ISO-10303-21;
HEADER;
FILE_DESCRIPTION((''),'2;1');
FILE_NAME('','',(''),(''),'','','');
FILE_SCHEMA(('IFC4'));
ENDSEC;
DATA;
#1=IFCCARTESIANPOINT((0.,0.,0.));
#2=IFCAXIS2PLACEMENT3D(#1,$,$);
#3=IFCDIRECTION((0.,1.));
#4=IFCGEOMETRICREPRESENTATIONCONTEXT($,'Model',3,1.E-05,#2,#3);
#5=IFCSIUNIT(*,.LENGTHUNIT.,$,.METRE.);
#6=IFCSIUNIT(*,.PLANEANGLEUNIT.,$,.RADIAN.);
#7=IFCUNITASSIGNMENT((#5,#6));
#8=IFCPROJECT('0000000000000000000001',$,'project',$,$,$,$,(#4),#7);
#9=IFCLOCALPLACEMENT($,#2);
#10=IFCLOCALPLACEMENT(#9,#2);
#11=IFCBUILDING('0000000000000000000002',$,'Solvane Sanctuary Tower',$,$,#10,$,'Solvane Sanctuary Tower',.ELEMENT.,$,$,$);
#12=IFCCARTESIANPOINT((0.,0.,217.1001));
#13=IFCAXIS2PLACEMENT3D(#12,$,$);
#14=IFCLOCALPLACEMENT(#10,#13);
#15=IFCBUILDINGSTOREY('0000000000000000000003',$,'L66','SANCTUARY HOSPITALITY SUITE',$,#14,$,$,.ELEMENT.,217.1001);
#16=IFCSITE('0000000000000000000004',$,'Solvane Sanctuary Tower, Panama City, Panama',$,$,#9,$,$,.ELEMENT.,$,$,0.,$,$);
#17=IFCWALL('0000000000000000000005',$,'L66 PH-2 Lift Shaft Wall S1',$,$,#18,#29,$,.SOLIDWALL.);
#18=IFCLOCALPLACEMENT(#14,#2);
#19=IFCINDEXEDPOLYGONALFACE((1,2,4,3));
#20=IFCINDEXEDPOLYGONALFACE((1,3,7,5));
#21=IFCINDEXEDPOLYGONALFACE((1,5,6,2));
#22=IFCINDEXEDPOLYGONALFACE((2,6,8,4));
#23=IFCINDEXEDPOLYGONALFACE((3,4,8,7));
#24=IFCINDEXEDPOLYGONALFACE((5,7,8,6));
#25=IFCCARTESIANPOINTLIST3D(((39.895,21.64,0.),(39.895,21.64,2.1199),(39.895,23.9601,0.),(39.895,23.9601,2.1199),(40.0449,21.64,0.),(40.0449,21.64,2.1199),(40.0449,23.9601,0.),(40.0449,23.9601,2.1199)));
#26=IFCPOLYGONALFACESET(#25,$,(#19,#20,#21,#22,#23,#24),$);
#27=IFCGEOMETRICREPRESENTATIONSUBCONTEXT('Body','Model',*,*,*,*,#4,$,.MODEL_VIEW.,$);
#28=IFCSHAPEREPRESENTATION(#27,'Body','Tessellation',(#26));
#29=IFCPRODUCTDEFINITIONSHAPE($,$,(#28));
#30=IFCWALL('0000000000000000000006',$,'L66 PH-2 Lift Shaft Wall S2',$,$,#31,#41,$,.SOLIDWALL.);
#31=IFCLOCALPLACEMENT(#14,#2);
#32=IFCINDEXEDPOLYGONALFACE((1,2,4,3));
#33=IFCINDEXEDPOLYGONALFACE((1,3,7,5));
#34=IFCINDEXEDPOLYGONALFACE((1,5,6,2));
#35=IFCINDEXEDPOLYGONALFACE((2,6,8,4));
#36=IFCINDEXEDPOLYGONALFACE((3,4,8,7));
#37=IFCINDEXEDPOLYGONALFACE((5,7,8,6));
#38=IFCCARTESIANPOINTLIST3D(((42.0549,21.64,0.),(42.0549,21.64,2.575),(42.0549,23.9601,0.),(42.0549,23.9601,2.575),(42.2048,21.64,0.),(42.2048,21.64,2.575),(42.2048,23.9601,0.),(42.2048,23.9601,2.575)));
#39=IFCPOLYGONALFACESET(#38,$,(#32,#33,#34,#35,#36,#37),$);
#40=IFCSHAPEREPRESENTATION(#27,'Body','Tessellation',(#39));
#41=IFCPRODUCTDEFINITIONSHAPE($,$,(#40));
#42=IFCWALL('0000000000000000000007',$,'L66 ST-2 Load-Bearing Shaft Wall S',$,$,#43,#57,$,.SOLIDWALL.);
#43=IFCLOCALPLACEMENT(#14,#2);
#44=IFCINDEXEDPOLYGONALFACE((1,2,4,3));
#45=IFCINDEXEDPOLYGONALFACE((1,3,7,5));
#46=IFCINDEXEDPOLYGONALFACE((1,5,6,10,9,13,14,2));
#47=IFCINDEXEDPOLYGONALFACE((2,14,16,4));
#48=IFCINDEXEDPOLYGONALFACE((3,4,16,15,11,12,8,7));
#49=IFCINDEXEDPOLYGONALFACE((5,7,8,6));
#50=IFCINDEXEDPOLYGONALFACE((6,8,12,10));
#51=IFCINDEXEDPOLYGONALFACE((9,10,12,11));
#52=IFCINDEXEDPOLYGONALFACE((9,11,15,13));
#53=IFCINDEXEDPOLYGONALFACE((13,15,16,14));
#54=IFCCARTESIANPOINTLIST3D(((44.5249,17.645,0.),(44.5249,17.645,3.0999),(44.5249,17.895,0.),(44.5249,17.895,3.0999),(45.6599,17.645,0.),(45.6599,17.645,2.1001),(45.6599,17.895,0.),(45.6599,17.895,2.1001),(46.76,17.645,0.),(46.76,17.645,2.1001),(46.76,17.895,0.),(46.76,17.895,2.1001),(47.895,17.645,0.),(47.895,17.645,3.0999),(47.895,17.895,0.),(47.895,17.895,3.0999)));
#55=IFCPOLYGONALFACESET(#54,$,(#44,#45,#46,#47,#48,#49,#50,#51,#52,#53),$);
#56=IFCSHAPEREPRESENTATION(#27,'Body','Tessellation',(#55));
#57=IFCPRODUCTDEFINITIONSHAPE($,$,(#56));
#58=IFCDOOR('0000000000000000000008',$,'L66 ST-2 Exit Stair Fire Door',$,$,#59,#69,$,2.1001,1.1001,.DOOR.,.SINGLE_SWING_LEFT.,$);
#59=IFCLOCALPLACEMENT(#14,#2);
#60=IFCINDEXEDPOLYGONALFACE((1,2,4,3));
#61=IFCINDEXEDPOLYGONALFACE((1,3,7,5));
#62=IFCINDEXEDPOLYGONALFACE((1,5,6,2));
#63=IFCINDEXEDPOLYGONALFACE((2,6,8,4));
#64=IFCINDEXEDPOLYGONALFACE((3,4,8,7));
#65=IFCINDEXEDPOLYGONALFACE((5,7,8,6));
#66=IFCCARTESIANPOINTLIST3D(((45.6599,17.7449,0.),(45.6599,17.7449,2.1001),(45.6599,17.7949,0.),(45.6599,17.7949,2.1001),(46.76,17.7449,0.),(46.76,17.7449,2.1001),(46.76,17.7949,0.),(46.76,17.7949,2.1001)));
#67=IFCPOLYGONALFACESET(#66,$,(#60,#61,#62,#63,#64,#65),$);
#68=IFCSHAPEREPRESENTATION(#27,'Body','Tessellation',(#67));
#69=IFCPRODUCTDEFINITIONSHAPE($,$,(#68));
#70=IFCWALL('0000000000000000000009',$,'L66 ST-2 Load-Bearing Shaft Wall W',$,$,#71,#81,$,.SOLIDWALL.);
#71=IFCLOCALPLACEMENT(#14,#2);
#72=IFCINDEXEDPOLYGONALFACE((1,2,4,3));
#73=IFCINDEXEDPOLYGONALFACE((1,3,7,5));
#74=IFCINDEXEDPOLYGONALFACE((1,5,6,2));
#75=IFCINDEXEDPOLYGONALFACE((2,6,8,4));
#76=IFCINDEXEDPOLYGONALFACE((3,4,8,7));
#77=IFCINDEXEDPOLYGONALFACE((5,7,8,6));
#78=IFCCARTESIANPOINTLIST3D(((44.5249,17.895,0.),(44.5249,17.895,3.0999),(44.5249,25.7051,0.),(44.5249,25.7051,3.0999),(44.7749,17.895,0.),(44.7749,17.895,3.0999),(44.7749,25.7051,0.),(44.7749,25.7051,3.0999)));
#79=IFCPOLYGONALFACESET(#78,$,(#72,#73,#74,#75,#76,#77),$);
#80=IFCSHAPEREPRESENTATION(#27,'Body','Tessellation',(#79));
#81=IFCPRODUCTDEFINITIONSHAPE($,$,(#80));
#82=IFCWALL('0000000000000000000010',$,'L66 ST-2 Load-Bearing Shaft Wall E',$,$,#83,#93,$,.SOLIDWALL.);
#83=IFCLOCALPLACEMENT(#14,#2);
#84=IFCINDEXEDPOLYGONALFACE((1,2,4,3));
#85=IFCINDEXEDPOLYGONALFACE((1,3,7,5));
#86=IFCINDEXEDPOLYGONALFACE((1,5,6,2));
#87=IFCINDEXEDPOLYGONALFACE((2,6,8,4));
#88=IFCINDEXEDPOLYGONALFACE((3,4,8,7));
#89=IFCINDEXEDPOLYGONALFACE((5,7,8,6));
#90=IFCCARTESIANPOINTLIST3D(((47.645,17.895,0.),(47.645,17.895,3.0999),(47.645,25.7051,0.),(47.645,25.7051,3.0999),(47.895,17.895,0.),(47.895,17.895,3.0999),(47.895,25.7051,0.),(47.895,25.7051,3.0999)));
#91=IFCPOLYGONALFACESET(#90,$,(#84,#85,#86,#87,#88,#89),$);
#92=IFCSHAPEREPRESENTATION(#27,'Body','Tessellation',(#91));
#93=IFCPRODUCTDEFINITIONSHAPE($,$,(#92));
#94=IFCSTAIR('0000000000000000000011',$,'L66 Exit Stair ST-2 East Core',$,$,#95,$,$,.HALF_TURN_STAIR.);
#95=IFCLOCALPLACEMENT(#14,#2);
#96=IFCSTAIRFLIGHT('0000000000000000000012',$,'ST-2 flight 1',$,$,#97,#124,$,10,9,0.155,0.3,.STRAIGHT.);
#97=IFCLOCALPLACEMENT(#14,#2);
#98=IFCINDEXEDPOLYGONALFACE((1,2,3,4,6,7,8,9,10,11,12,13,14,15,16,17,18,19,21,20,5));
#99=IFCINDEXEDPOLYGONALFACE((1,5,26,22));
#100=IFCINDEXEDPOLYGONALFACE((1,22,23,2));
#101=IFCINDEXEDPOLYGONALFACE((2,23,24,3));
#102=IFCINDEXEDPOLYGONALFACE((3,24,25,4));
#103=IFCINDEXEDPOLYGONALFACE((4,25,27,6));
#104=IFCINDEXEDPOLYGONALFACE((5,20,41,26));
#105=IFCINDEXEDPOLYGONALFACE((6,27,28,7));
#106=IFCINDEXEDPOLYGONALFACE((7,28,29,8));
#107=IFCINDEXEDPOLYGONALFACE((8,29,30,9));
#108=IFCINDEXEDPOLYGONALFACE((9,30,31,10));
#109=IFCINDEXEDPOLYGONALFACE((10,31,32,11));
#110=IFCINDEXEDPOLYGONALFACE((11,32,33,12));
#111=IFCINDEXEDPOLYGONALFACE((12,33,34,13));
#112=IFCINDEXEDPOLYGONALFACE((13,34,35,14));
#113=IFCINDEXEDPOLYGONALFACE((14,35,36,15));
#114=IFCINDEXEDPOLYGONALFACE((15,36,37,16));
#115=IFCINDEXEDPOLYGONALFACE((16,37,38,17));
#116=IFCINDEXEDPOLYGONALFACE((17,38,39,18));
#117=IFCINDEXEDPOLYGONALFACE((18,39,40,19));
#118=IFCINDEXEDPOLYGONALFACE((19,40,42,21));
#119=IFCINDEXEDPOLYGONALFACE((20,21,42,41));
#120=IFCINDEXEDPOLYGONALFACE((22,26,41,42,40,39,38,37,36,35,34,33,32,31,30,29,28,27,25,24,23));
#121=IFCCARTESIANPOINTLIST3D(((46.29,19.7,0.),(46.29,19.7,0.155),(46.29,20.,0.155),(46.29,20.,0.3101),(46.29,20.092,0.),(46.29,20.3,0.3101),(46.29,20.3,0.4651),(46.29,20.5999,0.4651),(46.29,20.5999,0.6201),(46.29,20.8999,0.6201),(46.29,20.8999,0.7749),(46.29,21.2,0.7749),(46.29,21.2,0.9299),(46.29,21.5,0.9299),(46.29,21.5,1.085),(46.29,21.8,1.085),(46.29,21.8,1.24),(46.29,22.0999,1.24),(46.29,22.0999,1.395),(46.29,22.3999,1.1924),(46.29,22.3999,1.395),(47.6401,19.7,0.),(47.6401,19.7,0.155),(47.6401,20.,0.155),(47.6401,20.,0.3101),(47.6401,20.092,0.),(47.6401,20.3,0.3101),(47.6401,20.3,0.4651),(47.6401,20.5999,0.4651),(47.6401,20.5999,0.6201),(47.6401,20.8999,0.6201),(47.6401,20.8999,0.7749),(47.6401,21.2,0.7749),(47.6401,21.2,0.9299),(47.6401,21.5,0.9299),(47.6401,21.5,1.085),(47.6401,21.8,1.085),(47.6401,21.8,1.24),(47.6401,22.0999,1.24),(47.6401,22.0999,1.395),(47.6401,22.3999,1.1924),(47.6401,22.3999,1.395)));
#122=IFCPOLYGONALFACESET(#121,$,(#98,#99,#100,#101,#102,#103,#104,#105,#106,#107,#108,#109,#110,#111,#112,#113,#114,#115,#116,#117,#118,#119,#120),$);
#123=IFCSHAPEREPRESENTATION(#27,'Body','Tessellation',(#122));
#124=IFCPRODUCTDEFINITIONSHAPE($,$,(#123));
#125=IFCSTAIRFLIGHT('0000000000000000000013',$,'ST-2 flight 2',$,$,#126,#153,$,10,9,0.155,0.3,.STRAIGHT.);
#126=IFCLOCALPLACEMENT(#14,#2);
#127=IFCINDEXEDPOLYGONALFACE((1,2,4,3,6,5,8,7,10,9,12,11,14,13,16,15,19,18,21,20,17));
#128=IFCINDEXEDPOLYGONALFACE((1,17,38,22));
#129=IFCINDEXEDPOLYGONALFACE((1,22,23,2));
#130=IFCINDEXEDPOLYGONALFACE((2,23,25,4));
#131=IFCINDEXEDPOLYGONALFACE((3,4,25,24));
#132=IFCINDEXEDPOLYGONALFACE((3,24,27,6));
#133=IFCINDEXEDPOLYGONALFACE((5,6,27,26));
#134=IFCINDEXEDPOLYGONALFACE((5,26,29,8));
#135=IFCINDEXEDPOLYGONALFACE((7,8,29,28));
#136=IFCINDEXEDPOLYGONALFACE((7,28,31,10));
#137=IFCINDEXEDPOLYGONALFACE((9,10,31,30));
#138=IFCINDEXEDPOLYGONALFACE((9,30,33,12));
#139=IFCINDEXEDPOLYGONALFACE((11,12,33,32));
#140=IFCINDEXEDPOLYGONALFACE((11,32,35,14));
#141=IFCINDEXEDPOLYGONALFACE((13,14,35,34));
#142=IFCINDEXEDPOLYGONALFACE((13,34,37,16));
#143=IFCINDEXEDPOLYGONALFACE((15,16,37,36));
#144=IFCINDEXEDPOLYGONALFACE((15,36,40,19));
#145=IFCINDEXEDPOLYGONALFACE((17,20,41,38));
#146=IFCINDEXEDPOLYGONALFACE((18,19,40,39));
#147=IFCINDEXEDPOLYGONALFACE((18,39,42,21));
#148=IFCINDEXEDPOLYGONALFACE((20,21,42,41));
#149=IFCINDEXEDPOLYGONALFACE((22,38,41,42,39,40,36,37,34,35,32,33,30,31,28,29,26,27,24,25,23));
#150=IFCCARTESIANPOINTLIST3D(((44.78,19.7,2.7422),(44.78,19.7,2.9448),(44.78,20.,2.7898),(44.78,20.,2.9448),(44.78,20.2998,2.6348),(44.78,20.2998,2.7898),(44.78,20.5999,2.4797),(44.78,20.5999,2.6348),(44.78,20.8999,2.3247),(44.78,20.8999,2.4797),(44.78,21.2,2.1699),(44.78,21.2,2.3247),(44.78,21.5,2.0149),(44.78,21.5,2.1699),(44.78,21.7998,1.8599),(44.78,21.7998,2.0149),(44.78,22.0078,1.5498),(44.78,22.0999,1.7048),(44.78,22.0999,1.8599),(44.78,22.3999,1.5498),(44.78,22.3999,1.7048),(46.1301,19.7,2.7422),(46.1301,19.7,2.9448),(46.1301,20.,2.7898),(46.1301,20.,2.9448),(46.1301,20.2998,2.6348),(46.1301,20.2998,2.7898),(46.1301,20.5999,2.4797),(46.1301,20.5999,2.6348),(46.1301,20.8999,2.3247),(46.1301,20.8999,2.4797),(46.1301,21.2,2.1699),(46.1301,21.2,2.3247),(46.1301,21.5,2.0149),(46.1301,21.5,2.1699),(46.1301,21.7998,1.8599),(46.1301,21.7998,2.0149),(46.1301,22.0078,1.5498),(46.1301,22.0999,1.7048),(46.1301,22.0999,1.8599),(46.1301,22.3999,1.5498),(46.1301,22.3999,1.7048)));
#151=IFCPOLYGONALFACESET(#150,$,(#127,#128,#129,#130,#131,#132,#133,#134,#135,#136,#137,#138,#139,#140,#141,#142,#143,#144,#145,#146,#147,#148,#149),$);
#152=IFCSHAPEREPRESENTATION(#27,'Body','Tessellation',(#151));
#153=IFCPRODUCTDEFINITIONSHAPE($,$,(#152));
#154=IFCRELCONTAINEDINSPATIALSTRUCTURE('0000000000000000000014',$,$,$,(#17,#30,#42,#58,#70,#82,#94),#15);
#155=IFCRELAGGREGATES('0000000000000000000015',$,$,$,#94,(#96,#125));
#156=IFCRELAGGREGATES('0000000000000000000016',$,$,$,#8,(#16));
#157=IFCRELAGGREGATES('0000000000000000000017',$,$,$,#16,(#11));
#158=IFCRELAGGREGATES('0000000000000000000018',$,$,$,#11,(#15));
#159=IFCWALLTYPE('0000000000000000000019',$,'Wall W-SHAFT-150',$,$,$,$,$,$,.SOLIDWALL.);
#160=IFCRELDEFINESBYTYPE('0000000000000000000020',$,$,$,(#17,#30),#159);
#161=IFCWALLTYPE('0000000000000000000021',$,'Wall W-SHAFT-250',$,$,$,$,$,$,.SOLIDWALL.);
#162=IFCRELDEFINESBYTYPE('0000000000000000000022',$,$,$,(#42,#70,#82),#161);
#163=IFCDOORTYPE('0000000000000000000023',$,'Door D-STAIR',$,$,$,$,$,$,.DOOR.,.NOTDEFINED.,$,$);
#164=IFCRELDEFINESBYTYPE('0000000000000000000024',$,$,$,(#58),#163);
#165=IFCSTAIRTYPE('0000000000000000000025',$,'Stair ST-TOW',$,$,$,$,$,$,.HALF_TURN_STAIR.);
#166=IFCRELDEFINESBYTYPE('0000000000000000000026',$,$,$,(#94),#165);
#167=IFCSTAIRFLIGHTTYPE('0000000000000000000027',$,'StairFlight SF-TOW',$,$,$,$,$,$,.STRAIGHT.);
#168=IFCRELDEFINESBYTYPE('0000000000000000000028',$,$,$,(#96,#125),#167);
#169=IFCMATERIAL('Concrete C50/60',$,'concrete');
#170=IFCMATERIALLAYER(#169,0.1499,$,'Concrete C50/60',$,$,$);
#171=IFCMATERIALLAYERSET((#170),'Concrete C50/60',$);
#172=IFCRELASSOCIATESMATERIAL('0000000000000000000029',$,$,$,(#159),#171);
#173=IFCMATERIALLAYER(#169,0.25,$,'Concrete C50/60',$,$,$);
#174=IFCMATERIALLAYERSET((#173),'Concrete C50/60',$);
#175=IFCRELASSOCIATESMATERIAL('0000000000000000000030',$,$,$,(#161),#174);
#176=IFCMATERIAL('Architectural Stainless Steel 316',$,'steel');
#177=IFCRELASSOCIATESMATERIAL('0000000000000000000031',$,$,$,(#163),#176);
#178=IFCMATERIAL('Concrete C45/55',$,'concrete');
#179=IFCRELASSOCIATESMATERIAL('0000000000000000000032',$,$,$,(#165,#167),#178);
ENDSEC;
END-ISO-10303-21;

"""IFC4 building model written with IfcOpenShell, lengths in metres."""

from ifc_helpers import new_model, si_unit, direction, frame, frame_2d, origin, place, context, subcontext, project, spatial, polyline, rectangle, outline, extrude, material, layer, layer_set, type_object, element, fill, aggregate, save


model = new_model("IFC4")

# Units and contexts
model_context = context("Model", 3, precision=1e-05, world=origin(), true_north=direction((0.0, 1.0)))
body_context = subcontext(model_context, "Body", "Model", "MODEL_VIEW")
ifc_project = project(units=[si_unit("LENGTHUNIT", "METRE"), si_unit("PLANEANGLEUNIT", "RADIAN")], contexts=[model_context])

# Site, building, storey
site_placement = place(None, origin())
site = spatial("IfcSite", under=ifc_project, at=site_placement, Name="Solvane Sanctuary Tower, Panama City, Panama", CompositionType="ELEMENT", RefElevation=0.0)
building_placement = place(site_placement, origin())
building = spatial("IfcBuilding", under=site, at=building_placement, Name="Solvane Sanctuary Tower", LongName="Solvane Sanctuary Tower", CompositionType="ELEMENT")
storey_placement = place(building_placement, frame((0.0, 0.0, 217.1001)))
storey = spatial("IfcBuildingStorey", under=building, at=storey_placement, Name="L66", Description="SANCTUARY HOSPITALITY SUITE", CompositionType="ELEMENT", Elevation=217.1001)

# Shared definitions
ifc_material_1 = material(Name="Architectural Stainless Steel 316", Category="steel")

# Shared definitions
ifc_material_2 = material(Name="Concrete C50/60", Category="concrete")
ifc_layer_1 = layer(ifc_material_2, 0.1499, Name="Concrete C50/60")
ifc_layer_set_1 = layer_set([ifc_layer_1], Name="Concrete C50/60")
wall_type_1 = type_object("IfcWallType", Name="Wall W-SHAFT-150", PredefinedType="SOLIDWALL", material=ifc_layer_set_1)

# Walls
wall_1_placement = place(storey_placement, frame((39.97, 21.6399, 0.0), z_axis=(0.0, 0.0, 1.0), x_axis=(0.0, 1.0, 0.0)))
element("IfcWall", 1, at=wall_1_placement, inside=storey, type_object=wall_type_1, Name="L66 PH-2 Lift Shaft Wall S1", PredefinedType="SOLIDWALL", context=body_context, shape_type="SweptSolid", body=[
    extrude(rectangle(XDim=2.3201, YDim=0.1499, at=frame_2d((1.1602, 0.0))), origin(), (0.0, 0.0, 1.0), 2.1199),
])
wall_2_placement = place(storey_placement, frame((42.1299, 21.6399, 0.0), z_axis=(0.0, 0.0, 1.0), x_axis=(0.0, 1.0, 0.0)))
element("IfcWall", 2, at=wall_2_placement, inside=storey, type_object=wall_type_1, Name="L66 PH-2 Lift Shaft Wall S2", PredefinedType="SOLIDWALL", context=body_context, shape_type="SweptSolid", body=[
    extrude(rectangle(XDim=2.3201, YDim=0.1499, at=frame_2d((1.1602, 0.0))), origin(), (0.0, 0.0, 1.0), 2.575),
])

# Wall, opening, door
ifc_layer_2 = layer(ifc_material_2, 0.25, Name="Concrete C50/60")
ifc_layer_set_2 = layer_set([ifc_layer_2], Name="Concrete C50/60")
wall_type_2 = type_object("IfcWallType", Name="Wall W-SHAFT-250", PredefinedType="SOLIDWALL", material=ifc_layer_set_2)
wall_3_placement = place(storey_placement, frame((44.5249, 17.77, 0.0), z_axis=(0.0, 0.0, 1.0), x_axis=(1.0, 0.0, 0.0)))
wall_3 = element("IfcWall", 3, at=wall_3_placement, inside=storey, type_object=wall_type_2, Name="L66 ST-2 Load-Bearing Shaft Wall S", PredefinedType="SOLIDWALL", context=body_context, shape_type="SweptSolid", body=[
    extrude(rectangle(XDim=3.3701, YDim=0.25, at=frame_2d((1.6851, 0.0))), origin(), (0.0, 0.0, 1.0), 3.0999),
])
opening_1_placement = place(wall_3_placement, frame((1.135, 0.0, 0.0)))
opening_1 = element("IfcOpeningElement", 4, at=opening_1_placement, cuts=wall_3, PredefinedType="OPENING", context=body_context, shape_type="SweptSolid", body=[
    extrude(rectangle(XDim=1.1001, YDim=2.1001, at=frame_2d((0.55, 1.05))), frame((0.0, 0.135, 0.0), z_axis=(0.0, -1.0, 0.0), x_axis=(1.0, 0.0, 0.0)), (0.0, 0.0, 1.0), 0.27),
])
door_type_1 = type_object("IfcDoorType", Name="Door D-STAIR", OperationType="NOTDEFINED", PredefinedType="DOOR", material=ifc_material_1)
door_1_placement = place(opening_1_placement, origin())
door_1 = element("IfcDoor", 5, at=door_1_placement, inside=storey, type_object=door_type_1, Name="L66 ST-2 Exit Stair Fire Door", OperationType="SINGLE_SWING_LEFT", OverallHeight=2.1001, OverallWidth=1.1001, PredefinedType="DOOR", context=body_context, shape_type="SweptSolid", body=[
    extrude(rectangle(XDim=1.1001, YDim=2.1001, at=frame_2d((0.55, 1.05))), frame((0.0, 0.0249, 0.0), z_axis=(0.0, -1.0, 0.0), x_axis=(1.0, 0.0, 0.0)), (0.0, 0.0, 1.0), 0.05),
])
fill(opening_1, door_1)

# Walls
for number, where, z_axis, x_axis, name in (
    (6, (44.6499, 17.895, 0.0), (0.0, 0.0, 1.0), (0.0, 1.0, 0.0), "L66 ST-2 Load-Bearing Shaft Wall W"),
    (7, (47.77, 17.895, 0.0), (0.0, 0.0, 1.0), (0.0, 1.0, 0.0), "L66 ST-2 Load-Bearing Shaft Wall E"),
):
    element("IfcWall", number, at=place(storey_placement, frame(where, z_axis=z_axis, x_axis=x_axis)), inside=storey, type_object=wall_type_2, Name=name, PredefinedType="SOLIDWALL", context=body_context, shape_type="SweptSolid", body=[
        extrude(rectangle(XDim=7.8101, YDim=0.25, at=frame_2d((3.905, 0.0))), origin(), (0.0, 0.0, 1.0), 3.0999),
    ])

# Stair, stair flights
ifc_material_3 = material(Name="Concrete C45/55", Category="concrete")
stair_type = type_object("IfcStairType", Name="Stair ST-TOW", PredefinedType="HALF_TURN_STAIR", material=ifc_material_3)
stair_placement = place(storey_placement, origin())
stair = element("IfcStair", 8, at=stair_placement, inside=storey, type_object=stair_type, Name="L66 Exit Stair ST-2 East Core", PredefinedType="HALF_TURN_STAIR")
stair_flight_type = type_object("IfcStairFlightType", Name="StairFlight SF-TOW", PredefinedType="STRAIGHT", material=ifc_material_3)
stair_flight_1_placement = place(storey_placement, frame((46.9651, 19.7, 0.0), z_axis=(0.0, 0.0, 1.0), x_axis=(0.0, 1.0, 0.0)))
stair_flight_1 = element("IfcStairFlight", 9, at=stair_flight_1_placement, type_object=stair_flight_type, Name="ST-2 flight 1", NumberOfRisers=10, NumberOfTreads=9, PredefinedType="STRAIGHT", RiserHeight=0.155, TreadLength=0.3, context=body_context, shape_type="SweptSolid", body=[
    extrude(outline(polyline([(0.0, 0.0), (0.0, 0.155), (0.3, 0.155), (0.3, 0.3101), (0.6001, 0.3101), (0.6001, 0.4651), (0.8999, 0.4651), (0.8999, 0.6201), (1.2, 0.6201), (1.2, 0.7749), (1.5, 0.7749), (1.5, 0.9299), (1.8, 0.9299), (1.8, 1.085), (2.1001, 1.085), (2.1001, 1.24), (2.3999, 1.24), (2.3999, 1.395), (2.7, 1.395), (2.7, 1.55), (2.7, 1.1924), (0.3921, 0.0), (0.0, 0.0)])), frame((0.0, 0.675, 0.0), z_axis=(0.0, -1.0, 0.0), x_axis=(1.0, 0.0, 0.0)), (0.0, 0.0, 1.0), 1.3501),
])
stair_flight_2_placement = place(storey_placement, frame((45.4551, 22.3999, 1.5498), z_axis=(0.0, 0.0, 1.0), x_axis=(0.0, -1.0, 0.0)))
stair_flight_2 = element("IfcStairFlight", 10, at=stair_flight_2_placement, type_object=stair_flight_type, Name="ST-2 flight 2", NumberOfRisers=10, NumberOfTreads=9, PredefinedType="STRAIGHT", RiserHeight=0.155, TreadLength=0.3, context=body_context, shape_type="SweptSolid", body=[
    extrude(outline(polyline([(0.0, 0.0), (0.0, 0.155), (0.3, 0.155), (0.3, 0.3101), (0.6001, 0.3101), (0.6001, 0.4651), (0.8999, 0.4651), (0.8999, 0.6201), (1.2, 0.6201), (1.2, 0.7749), (1.5, 0.7749), (1.5, 0.9299), (1.8, 0.9299), (1.8, 1.085), (2.1001, 1.085), (2.1001, 1.24), (2.3999, 1.24), (2.3999, 1.395), (2.7, 1.395), (2.7, 1.55), (2.7, 1.1924), (0.3921, 0.0), (0.0, 0.0)])), frame((0.0, 0.675, 0.0), z_axis=(0.0, -1.0, 0.0), x_axis=(1.0, 0.0, 0.0)), (0.0, 0.0, 1.0), 1.3501),
])
aggregate(stair, [stair_flight_1, stair_flight_2])

save(model, "model.ifc")
